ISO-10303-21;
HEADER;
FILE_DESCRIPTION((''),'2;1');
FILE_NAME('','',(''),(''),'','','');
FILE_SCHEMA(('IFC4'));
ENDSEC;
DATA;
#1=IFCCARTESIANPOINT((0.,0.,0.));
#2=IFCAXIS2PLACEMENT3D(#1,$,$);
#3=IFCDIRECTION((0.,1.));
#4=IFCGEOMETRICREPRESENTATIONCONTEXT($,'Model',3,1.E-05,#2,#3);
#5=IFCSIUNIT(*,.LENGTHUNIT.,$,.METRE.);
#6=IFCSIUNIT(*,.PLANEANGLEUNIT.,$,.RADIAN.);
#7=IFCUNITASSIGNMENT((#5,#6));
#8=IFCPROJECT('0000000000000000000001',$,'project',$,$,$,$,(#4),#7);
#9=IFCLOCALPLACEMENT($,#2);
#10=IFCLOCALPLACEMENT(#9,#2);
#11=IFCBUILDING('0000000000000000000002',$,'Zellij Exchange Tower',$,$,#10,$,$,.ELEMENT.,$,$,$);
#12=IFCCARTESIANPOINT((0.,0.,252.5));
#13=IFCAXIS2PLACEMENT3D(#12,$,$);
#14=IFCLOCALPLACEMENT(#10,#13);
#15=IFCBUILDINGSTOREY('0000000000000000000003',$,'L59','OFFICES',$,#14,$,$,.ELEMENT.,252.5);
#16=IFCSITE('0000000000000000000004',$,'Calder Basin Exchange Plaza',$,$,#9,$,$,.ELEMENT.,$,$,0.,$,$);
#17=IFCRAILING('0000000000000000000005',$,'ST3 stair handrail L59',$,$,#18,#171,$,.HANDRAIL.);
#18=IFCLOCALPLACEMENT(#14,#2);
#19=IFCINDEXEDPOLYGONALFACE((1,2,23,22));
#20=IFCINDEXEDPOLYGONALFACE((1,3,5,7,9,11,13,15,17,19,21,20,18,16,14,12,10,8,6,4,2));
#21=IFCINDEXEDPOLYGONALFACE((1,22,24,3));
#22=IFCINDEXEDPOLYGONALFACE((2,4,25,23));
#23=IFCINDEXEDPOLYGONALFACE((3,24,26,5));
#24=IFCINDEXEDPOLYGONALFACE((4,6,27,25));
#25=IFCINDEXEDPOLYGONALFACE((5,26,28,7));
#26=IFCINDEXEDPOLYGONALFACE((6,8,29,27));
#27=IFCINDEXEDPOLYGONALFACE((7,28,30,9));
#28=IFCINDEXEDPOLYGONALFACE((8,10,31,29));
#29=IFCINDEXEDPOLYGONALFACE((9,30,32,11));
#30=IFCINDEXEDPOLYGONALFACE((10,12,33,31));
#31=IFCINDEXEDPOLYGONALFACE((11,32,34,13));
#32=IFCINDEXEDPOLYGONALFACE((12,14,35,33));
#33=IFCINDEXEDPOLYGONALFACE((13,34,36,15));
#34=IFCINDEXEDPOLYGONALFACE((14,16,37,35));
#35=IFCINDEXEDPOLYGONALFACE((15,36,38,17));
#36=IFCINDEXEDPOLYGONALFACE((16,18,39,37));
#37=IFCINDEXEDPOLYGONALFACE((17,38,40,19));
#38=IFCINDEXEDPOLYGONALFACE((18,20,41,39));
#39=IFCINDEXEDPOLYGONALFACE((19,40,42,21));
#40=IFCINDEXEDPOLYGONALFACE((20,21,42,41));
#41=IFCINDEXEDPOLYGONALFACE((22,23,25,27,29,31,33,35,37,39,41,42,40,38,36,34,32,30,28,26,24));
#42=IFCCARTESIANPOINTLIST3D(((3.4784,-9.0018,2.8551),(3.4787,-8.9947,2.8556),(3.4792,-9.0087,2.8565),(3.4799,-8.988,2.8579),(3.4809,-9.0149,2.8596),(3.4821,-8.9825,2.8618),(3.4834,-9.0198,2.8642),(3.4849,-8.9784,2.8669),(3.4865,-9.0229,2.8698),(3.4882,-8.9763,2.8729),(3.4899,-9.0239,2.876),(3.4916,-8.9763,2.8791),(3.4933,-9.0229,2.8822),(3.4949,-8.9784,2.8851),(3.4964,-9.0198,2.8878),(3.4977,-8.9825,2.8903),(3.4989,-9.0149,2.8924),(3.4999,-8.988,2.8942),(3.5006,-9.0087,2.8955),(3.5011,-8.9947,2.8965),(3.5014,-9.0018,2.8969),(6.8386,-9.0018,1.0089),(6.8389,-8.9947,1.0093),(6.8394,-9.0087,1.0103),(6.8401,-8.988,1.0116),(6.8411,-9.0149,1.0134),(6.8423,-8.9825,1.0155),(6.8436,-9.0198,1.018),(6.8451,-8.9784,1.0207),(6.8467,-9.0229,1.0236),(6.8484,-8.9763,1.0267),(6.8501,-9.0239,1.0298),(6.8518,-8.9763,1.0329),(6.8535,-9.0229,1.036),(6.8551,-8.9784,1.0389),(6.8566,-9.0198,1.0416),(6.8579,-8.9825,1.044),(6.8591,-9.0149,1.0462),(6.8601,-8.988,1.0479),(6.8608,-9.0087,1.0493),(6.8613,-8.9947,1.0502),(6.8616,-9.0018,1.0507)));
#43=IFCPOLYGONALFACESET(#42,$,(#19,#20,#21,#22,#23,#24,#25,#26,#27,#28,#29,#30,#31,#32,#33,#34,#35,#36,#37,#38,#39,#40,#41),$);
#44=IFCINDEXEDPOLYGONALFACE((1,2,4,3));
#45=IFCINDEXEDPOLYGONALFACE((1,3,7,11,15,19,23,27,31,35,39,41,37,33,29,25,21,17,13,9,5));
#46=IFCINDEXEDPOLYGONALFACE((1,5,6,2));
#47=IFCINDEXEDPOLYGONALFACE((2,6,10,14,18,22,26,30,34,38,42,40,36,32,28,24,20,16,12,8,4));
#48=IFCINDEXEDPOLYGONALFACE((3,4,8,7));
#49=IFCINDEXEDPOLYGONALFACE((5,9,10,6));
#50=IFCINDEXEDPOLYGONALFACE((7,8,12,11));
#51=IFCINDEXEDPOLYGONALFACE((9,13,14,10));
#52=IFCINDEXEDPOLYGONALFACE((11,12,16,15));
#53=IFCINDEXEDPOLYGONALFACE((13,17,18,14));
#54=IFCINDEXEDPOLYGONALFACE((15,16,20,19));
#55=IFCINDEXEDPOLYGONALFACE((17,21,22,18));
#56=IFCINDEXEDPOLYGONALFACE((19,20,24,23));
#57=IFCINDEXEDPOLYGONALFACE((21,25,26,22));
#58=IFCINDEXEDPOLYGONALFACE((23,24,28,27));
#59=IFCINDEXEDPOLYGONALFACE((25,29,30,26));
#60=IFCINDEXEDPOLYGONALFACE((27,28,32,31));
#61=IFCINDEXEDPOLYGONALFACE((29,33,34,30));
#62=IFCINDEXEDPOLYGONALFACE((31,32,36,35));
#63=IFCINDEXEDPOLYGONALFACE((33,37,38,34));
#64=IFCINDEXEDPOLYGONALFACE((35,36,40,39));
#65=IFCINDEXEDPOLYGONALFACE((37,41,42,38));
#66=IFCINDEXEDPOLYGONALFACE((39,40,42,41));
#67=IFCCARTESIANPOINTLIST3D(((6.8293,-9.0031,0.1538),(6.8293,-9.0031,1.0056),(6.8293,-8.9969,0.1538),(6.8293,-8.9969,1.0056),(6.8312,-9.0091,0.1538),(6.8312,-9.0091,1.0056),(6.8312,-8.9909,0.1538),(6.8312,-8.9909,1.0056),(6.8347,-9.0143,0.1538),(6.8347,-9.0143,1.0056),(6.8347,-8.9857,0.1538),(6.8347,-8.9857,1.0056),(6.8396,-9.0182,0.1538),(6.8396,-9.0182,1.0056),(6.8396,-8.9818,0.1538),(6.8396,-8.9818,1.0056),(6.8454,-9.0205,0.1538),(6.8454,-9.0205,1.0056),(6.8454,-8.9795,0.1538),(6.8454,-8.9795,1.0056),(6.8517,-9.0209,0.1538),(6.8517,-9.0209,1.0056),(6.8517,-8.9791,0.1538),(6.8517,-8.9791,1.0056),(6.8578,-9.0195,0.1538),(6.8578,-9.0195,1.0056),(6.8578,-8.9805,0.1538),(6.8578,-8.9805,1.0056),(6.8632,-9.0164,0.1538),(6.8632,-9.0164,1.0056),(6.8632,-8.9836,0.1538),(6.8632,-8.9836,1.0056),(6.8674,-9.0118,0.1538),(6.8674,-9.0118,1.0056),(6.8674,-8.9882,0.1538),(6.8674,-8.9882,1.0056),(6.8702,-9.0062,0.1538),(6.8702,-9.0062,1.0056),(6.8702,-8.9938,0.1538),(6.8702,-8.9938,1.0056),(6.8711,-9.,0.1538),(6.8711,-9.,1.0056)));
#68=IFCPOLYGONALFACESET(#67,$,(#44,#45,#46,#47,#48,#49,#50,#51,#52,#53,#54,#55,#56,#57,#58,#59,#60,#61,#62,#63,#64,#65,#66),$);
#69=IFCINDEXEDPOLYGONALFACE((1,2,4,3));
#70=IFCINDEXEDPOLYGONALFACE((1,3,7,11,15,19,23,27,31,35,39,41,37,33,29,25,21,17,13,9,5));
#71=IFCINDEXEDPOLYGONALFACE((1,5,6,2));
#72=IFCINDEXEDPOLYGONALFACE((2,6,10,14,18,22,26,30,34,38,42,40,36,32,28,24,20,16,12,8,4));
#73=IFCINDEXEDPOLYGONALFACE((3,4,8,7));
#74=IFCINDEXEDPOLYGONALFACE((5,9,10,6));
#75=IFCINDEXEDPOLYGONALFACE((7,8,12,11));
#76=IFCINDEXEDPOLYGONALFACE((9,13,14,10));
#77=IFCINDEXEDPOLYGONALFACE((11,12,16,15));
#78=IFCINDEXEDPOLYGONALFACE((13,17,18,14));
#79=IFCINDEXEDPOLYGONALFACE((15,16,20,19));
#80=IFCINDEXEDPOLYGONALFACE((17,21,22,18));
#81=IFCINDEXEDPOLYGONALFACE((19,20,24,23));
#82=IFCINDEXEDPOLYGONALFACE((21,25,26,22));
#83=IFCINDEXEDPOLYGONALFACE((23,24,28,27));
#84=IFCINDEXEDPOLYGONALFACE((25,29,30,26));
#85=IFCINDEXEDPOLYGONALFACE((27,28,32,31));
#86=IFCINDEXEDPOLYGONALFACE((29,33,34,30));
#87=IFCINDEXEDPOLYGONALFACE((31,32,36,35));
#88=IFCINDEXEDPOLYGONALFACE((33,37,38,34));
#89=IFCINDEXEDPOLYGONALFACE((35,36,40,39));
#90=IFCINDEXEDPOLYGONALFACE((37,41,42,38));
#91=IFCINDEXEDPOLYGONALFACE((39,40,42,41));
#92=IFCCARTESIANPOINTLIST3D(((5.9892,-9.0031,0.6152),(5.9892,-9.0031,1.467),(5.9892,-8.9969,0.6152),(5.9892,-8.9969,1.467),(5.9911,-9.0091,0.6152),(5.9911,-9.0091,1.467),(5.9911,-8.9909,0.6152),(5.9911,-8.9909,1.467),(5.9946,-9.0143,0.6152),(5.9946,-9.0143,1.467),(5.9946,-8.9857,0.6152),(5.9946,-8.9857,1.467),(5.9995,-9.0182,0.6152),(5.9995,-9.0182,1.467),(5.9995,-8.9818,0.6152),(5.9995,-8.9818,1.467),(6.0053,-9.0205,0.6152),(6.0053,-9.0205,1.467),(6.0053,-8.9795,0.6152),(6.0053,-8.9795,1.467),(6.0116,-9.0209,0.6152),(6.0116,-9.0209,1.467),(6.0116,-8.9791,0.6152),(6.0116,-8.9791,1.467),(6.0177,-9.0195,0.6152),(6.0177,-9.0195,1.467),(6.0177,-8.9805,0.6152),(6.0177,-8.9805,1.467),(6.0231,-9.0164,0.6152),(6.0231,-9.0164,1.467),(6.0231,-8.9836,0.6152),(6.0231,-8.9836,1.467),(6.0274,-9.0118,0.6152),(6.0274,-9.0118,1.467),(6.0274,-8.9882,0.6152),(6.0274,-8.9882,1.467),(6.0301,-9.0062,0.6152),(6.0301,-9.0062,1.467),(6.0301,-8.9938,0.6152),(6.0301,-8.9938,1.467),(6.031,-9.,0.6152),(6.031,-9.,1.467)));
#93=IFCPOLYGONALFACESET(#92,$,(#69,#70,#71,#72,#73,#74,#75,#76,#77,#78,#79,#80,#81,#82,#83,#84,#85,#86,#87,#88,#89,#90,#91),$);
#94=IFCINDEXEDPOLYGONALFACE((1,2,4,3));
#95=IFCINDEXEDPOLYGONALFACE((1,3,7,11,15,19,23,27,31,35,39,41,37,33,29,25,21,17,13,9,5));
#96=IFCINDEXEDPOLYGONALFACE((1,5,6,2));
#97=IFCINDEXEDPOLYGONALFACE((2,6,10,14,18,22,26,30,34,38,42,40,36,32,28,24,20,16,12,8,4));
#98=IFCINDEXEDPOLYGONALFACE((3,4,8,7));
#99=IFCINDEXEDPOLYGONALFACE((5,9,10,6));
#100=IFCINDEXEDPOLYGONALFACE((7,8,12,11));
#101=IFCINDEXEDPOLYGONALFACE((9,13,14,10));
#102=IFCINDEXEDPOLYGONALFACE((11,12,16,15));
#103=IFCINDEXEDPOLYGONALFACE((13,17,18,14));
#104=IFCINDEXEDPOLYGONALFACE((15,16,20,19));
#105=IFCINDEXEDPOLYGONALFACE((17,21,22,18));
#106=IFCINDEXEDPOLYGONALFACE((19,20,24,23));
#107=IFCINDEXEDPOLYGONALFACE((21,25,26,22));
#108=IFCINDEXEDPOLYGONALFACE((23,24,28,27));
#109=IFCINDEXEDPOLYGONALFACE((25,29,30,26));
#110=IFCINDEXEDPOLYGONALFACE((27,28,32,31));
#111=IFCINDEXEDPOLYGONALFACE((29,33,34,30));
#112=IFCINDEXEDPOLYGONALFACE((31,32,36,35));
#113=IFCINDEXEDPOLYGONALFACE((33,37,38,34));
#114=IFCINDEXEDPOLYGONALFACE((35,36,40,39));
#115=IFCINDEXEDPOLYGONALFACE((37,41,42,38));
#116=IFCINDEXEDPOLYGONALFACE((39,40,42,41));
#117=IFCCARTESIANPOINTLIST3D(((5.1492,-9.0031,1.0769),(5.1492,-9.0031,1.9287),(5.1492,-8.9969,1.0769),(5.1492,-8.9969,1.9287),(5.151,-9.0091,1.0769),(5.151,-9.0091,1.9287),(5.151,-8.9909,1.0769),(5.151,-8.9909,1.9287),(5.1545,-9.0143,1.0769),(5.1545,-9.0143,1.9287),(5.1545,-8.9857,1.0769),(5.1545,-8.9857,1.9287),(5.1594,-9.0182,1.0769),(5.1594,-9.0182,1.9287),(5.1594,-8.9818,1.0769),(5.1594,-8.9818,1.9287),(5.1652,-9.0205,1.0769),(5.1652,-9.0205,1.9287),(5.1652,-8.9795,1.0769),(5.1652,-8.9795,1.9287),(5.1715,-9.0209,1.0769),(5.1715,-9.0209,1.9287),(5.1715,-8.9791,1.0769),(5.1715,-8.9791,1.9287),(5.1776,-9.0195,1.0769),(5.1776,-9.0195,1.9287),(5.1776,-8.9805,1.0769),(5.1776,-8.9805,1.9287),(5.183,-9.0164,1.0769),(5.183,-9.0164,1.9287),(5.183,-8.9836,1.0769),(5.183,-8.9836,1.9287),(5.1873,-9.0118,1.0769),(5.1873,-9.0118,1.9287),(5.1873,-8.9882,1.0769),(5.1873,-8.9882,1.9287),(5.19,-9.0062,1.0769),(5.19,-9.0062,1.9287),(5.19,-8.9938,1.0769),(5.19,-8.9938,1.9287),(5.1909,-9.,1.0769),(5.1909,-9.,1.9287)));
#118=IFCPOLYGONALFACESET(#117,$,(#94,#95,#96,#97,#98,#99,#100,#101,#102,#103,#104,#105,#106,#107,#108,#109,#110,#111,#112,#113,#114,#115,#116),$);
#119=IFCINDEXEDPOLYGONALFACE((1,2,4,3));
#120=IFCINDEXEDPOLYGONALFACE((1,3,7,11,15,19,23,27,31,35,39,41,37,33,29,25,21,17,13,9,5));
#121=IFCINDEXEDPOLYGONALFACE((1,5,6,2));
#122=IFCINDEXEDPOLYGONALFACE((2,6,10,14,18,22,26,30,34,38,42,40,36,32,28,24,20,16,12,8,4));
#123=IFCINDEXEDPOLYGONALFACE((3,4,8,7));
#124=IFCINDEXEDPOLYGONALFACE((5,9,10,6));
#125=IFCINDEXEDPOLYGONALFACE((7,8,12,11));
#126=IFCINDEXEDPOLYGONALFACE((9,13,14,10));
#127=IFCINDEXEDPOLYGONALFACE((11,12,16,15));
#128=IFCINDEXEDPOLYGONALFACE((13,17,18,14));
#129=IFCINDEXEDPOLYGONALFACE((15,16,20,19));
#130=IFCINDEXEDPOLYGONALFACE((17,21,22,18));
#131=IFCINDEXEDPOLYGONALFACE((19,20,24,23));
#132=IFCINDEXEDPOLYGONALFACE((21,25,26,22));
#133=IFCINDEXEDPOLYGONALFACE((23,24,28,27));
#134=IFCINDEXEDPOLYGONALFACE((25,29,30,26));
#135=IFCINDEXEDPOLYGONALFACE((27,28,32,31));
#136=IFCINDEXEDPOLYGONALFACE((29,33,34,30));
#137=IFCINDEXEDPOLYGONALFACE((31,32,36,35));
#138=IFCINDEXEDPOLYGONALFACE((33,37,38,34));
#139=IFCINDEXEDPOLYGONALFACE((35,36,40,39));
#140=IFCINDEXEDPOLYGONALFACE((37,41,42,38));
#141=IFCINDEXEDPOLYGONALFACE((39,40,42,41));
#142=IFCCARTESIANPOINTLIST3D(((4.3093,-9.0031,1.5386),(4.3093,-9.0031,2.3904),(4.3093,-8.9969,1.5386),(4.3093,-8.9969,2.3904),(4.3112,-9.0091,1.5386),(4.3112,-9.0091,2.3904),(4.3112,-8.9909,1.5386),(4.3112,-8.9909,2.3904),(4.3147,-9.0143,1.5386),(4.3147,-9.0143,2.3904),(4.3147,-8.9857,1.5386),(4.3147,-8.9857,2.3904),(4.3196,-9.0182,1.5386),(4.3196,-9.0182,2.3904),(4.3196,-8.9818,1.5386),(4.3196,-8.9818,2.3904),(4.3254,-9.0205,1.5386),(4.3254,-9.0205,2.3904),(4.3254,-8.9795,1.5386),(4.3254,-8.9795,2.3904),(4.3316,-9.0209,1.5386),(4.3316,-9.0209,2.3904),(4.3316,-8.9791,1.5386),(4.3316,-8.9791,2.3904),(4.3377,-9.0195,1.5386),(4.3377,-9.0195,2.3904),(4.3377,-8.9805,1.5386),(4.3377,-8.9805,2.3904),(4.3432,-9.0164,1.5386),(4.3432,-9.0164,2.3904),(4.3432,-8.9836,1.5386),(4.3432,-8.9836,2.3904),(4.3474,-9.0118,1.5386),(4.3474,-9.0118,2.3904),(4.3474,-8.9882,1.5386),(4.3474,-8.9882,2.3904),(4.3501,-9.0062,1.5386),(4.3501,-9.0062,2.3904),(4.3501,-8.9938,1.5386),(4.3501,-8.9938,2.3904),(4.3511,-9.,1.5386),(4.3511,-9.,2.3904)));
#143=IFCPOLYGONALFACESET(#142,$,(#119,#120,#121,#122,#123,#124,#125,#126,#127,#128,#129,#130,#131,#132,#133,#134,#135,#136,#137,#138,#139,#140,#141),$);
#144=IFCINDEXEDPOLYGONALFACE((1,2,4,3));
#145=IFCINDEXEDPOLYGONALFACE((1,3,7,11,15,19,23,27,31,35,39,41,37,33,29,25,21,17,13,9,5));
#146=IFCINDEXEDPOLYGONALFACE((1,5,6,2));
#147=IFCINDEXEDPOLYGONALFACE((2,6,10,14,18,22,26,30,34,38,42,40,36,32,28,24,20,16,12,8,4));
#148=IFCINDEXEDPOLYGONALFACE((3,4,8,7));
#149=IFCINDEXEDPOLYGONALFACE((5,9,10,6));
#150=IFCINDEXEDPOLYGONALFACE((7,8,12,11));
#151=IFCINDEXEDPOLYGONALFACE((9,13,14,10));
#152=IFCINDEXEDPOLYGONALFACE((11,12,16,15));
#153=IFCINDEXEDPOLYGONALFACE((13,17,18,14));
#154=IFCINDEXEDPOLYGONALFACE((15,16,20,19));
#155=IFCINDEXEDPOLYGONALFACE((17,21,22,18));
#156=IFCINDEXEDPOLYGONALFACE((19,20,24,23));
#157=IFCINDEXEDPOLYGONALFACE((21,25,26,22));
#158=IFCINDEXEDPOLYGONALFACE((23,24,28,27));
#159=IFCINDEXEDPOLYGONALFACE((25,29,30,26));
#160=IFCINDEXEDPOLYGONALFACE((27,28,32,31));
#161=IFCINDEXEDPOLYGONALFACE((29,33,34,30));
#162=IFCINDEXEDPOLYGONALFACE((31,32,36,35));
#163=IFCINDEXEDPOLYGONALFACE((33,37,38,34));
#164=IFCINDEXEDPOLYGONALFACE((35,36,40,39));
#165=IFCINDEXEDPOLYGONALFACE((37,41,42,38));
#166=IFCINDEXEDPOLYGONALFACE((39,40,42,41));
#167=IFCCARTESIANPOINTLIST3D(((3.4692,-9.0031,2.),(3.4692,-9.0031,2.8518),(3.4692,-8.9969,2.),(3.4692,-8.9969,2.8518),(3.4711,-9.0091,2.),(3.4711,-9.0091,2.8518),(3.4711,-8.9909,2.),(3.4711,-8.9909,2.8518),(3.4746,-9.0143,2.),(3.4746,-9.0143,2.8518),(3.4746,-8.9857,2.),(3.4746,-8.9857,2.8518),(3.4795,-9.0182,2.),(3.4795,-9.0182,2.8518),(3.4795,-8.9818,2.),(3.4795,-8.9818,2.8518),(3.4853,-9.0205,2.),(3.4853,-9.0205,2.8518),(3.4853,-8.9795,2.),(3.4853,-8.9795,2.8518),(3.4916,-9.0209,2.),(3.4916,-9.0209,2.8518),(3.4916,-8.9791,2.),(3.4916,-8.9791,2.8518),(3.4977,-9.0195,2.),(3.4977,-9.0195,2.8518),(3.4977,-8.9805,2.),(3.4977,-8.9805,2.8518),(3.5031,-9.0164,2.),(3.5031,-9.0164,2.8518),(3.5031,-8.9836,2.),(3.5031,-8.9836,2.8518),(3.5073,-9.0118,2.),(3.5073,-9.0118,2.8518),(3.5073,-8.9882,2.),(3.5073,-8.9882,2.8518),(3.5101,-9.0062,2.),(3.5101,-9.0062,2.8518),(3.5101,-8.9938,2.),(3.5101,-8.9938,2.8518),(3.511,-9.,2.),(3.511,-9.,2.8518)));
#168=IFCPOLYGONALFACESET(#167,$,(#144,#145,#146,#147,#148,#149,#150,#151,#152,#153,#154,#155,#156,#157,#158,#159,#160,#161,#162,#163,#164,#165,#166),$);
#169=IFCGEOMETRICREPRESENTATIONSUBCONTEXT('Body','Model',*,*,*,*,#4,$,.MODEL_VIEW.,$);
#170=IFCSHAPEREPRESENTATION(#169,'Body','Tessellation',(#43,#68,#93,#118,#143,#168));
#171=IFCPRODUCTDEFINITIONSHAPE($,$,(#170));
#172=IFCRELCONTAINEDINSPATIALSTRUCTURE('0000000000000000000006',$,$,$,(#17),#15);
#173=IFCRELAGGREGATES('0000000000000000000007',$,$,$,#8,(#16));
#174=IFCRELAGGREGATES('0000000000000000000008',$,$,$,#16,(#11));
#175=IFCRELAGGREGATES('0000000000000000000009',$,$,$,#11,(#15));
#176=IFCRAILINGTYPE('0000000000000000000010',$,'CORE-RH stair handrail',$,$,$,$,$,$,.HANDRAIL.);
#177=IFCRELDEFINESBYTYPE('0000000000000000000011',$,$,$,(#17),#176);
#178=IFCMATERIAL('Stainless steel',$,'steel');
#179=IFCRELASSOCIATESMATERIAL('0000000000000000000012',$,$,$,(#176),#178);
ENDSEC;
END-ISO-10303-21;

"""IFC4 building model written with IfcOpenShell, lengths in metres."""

from ifc_helpers import new_model, si_unit, direction, frame, origin, origin_2d, place, context, subcontext, project, spatial, circle, extrude, material, type_object, element, save


model = new_model("IFC4")

# Units and contexts
model_context = context("Model", 3, precision=1e-05, world=origin(), true_north=direction((0.0, 1.0)))
body_context = subcontext(model_context, "Body", "Model", "MODEL_VIEW")
ifc_project = project(units=[si_unit("LENGTHUNIT", "METRE"), si_unit("PLANEANGLEUNIT", "RADIAN")], contexts=[model_context])

# Site, building, storey
site_placement = place(None, origin())
site = spatial("IfcSite", under=ifc_project, at=site_placement, Name="Calder Basin Exchange Plaza", CompositionType="ELEMENT", RefElevation=0.0)
building_placement = place(site_placement, origin())
building = spatial("IfcBuilding", under=site, at=building_placement, Name="Zellij Exchange Tower", CompositionType="ELEMENT")
storey_placement = place(building_placement, frame((0.0, 0.0, 252.5)))
storey = spatial("IfcBuildingStorey", under=building, at=storey_placement, Name="L59", Description="OFFICES", CompositionType="ELEMENT", Elevation=252.5)

# Railing
ifc_material_1 = material(Name="Stainless steel", Category="steel")
railing_type_1 = type_object("IfcRailingType", Name="CORE-RH stair handrail", PredefinedType="HANDRAIL", material=ifc_material_1)
railing_1_placement = place(storey_placement, frame((6.8501, -9.0, 0.1538)))
element("IfcRailing", 1, at=railing_1_placement, inside=storey, type_object=railing_type_1, Name="ST3 stair handrail L59", PredefinedType="HANDRAIL", context=body_context, shape_type="SweptSolid", body=[
    extrude(circle(Radius=0.0239, at=origin_2d()), frame((0.0, 0.0, 0.876), z_axis=(-0.876422, 0.0, 0.481545), x_axis=(0.0, -1.0, 0.0)), (0.0, 0.0, 1.0), 3.834),
    extrude(circle(Radius=0.021, at=origin_2d()), origin(), (0.0, 0.0, 1.0), 0.8518),
    extrude(circle(Radius=0.021, at=origin_2d()), frame((-0.8401, 0.0, 0.4614)), (0.0, 0.0, 1.0), 0.8518),
    extrude(circle(Radius=0.021, at=origin_2d()), frame((-1.6802, 0.0, 0.9231)), (0.0, 0.0, 1.0), 0.8518),
    extrude(circle(Radius=0.021, at=origin_2d()), frame((-2.52, 0.0, 1.3848)), (0.0, 0.0, 1.0), 0.8518),
    extrude(circle(Radius=0.021, at=origin_2d()), frame((-3.3601, 0.0, 1.8462)), (0.0, 0.0, 1.0), 0.8518),
])

save(model, "model.ifc")
